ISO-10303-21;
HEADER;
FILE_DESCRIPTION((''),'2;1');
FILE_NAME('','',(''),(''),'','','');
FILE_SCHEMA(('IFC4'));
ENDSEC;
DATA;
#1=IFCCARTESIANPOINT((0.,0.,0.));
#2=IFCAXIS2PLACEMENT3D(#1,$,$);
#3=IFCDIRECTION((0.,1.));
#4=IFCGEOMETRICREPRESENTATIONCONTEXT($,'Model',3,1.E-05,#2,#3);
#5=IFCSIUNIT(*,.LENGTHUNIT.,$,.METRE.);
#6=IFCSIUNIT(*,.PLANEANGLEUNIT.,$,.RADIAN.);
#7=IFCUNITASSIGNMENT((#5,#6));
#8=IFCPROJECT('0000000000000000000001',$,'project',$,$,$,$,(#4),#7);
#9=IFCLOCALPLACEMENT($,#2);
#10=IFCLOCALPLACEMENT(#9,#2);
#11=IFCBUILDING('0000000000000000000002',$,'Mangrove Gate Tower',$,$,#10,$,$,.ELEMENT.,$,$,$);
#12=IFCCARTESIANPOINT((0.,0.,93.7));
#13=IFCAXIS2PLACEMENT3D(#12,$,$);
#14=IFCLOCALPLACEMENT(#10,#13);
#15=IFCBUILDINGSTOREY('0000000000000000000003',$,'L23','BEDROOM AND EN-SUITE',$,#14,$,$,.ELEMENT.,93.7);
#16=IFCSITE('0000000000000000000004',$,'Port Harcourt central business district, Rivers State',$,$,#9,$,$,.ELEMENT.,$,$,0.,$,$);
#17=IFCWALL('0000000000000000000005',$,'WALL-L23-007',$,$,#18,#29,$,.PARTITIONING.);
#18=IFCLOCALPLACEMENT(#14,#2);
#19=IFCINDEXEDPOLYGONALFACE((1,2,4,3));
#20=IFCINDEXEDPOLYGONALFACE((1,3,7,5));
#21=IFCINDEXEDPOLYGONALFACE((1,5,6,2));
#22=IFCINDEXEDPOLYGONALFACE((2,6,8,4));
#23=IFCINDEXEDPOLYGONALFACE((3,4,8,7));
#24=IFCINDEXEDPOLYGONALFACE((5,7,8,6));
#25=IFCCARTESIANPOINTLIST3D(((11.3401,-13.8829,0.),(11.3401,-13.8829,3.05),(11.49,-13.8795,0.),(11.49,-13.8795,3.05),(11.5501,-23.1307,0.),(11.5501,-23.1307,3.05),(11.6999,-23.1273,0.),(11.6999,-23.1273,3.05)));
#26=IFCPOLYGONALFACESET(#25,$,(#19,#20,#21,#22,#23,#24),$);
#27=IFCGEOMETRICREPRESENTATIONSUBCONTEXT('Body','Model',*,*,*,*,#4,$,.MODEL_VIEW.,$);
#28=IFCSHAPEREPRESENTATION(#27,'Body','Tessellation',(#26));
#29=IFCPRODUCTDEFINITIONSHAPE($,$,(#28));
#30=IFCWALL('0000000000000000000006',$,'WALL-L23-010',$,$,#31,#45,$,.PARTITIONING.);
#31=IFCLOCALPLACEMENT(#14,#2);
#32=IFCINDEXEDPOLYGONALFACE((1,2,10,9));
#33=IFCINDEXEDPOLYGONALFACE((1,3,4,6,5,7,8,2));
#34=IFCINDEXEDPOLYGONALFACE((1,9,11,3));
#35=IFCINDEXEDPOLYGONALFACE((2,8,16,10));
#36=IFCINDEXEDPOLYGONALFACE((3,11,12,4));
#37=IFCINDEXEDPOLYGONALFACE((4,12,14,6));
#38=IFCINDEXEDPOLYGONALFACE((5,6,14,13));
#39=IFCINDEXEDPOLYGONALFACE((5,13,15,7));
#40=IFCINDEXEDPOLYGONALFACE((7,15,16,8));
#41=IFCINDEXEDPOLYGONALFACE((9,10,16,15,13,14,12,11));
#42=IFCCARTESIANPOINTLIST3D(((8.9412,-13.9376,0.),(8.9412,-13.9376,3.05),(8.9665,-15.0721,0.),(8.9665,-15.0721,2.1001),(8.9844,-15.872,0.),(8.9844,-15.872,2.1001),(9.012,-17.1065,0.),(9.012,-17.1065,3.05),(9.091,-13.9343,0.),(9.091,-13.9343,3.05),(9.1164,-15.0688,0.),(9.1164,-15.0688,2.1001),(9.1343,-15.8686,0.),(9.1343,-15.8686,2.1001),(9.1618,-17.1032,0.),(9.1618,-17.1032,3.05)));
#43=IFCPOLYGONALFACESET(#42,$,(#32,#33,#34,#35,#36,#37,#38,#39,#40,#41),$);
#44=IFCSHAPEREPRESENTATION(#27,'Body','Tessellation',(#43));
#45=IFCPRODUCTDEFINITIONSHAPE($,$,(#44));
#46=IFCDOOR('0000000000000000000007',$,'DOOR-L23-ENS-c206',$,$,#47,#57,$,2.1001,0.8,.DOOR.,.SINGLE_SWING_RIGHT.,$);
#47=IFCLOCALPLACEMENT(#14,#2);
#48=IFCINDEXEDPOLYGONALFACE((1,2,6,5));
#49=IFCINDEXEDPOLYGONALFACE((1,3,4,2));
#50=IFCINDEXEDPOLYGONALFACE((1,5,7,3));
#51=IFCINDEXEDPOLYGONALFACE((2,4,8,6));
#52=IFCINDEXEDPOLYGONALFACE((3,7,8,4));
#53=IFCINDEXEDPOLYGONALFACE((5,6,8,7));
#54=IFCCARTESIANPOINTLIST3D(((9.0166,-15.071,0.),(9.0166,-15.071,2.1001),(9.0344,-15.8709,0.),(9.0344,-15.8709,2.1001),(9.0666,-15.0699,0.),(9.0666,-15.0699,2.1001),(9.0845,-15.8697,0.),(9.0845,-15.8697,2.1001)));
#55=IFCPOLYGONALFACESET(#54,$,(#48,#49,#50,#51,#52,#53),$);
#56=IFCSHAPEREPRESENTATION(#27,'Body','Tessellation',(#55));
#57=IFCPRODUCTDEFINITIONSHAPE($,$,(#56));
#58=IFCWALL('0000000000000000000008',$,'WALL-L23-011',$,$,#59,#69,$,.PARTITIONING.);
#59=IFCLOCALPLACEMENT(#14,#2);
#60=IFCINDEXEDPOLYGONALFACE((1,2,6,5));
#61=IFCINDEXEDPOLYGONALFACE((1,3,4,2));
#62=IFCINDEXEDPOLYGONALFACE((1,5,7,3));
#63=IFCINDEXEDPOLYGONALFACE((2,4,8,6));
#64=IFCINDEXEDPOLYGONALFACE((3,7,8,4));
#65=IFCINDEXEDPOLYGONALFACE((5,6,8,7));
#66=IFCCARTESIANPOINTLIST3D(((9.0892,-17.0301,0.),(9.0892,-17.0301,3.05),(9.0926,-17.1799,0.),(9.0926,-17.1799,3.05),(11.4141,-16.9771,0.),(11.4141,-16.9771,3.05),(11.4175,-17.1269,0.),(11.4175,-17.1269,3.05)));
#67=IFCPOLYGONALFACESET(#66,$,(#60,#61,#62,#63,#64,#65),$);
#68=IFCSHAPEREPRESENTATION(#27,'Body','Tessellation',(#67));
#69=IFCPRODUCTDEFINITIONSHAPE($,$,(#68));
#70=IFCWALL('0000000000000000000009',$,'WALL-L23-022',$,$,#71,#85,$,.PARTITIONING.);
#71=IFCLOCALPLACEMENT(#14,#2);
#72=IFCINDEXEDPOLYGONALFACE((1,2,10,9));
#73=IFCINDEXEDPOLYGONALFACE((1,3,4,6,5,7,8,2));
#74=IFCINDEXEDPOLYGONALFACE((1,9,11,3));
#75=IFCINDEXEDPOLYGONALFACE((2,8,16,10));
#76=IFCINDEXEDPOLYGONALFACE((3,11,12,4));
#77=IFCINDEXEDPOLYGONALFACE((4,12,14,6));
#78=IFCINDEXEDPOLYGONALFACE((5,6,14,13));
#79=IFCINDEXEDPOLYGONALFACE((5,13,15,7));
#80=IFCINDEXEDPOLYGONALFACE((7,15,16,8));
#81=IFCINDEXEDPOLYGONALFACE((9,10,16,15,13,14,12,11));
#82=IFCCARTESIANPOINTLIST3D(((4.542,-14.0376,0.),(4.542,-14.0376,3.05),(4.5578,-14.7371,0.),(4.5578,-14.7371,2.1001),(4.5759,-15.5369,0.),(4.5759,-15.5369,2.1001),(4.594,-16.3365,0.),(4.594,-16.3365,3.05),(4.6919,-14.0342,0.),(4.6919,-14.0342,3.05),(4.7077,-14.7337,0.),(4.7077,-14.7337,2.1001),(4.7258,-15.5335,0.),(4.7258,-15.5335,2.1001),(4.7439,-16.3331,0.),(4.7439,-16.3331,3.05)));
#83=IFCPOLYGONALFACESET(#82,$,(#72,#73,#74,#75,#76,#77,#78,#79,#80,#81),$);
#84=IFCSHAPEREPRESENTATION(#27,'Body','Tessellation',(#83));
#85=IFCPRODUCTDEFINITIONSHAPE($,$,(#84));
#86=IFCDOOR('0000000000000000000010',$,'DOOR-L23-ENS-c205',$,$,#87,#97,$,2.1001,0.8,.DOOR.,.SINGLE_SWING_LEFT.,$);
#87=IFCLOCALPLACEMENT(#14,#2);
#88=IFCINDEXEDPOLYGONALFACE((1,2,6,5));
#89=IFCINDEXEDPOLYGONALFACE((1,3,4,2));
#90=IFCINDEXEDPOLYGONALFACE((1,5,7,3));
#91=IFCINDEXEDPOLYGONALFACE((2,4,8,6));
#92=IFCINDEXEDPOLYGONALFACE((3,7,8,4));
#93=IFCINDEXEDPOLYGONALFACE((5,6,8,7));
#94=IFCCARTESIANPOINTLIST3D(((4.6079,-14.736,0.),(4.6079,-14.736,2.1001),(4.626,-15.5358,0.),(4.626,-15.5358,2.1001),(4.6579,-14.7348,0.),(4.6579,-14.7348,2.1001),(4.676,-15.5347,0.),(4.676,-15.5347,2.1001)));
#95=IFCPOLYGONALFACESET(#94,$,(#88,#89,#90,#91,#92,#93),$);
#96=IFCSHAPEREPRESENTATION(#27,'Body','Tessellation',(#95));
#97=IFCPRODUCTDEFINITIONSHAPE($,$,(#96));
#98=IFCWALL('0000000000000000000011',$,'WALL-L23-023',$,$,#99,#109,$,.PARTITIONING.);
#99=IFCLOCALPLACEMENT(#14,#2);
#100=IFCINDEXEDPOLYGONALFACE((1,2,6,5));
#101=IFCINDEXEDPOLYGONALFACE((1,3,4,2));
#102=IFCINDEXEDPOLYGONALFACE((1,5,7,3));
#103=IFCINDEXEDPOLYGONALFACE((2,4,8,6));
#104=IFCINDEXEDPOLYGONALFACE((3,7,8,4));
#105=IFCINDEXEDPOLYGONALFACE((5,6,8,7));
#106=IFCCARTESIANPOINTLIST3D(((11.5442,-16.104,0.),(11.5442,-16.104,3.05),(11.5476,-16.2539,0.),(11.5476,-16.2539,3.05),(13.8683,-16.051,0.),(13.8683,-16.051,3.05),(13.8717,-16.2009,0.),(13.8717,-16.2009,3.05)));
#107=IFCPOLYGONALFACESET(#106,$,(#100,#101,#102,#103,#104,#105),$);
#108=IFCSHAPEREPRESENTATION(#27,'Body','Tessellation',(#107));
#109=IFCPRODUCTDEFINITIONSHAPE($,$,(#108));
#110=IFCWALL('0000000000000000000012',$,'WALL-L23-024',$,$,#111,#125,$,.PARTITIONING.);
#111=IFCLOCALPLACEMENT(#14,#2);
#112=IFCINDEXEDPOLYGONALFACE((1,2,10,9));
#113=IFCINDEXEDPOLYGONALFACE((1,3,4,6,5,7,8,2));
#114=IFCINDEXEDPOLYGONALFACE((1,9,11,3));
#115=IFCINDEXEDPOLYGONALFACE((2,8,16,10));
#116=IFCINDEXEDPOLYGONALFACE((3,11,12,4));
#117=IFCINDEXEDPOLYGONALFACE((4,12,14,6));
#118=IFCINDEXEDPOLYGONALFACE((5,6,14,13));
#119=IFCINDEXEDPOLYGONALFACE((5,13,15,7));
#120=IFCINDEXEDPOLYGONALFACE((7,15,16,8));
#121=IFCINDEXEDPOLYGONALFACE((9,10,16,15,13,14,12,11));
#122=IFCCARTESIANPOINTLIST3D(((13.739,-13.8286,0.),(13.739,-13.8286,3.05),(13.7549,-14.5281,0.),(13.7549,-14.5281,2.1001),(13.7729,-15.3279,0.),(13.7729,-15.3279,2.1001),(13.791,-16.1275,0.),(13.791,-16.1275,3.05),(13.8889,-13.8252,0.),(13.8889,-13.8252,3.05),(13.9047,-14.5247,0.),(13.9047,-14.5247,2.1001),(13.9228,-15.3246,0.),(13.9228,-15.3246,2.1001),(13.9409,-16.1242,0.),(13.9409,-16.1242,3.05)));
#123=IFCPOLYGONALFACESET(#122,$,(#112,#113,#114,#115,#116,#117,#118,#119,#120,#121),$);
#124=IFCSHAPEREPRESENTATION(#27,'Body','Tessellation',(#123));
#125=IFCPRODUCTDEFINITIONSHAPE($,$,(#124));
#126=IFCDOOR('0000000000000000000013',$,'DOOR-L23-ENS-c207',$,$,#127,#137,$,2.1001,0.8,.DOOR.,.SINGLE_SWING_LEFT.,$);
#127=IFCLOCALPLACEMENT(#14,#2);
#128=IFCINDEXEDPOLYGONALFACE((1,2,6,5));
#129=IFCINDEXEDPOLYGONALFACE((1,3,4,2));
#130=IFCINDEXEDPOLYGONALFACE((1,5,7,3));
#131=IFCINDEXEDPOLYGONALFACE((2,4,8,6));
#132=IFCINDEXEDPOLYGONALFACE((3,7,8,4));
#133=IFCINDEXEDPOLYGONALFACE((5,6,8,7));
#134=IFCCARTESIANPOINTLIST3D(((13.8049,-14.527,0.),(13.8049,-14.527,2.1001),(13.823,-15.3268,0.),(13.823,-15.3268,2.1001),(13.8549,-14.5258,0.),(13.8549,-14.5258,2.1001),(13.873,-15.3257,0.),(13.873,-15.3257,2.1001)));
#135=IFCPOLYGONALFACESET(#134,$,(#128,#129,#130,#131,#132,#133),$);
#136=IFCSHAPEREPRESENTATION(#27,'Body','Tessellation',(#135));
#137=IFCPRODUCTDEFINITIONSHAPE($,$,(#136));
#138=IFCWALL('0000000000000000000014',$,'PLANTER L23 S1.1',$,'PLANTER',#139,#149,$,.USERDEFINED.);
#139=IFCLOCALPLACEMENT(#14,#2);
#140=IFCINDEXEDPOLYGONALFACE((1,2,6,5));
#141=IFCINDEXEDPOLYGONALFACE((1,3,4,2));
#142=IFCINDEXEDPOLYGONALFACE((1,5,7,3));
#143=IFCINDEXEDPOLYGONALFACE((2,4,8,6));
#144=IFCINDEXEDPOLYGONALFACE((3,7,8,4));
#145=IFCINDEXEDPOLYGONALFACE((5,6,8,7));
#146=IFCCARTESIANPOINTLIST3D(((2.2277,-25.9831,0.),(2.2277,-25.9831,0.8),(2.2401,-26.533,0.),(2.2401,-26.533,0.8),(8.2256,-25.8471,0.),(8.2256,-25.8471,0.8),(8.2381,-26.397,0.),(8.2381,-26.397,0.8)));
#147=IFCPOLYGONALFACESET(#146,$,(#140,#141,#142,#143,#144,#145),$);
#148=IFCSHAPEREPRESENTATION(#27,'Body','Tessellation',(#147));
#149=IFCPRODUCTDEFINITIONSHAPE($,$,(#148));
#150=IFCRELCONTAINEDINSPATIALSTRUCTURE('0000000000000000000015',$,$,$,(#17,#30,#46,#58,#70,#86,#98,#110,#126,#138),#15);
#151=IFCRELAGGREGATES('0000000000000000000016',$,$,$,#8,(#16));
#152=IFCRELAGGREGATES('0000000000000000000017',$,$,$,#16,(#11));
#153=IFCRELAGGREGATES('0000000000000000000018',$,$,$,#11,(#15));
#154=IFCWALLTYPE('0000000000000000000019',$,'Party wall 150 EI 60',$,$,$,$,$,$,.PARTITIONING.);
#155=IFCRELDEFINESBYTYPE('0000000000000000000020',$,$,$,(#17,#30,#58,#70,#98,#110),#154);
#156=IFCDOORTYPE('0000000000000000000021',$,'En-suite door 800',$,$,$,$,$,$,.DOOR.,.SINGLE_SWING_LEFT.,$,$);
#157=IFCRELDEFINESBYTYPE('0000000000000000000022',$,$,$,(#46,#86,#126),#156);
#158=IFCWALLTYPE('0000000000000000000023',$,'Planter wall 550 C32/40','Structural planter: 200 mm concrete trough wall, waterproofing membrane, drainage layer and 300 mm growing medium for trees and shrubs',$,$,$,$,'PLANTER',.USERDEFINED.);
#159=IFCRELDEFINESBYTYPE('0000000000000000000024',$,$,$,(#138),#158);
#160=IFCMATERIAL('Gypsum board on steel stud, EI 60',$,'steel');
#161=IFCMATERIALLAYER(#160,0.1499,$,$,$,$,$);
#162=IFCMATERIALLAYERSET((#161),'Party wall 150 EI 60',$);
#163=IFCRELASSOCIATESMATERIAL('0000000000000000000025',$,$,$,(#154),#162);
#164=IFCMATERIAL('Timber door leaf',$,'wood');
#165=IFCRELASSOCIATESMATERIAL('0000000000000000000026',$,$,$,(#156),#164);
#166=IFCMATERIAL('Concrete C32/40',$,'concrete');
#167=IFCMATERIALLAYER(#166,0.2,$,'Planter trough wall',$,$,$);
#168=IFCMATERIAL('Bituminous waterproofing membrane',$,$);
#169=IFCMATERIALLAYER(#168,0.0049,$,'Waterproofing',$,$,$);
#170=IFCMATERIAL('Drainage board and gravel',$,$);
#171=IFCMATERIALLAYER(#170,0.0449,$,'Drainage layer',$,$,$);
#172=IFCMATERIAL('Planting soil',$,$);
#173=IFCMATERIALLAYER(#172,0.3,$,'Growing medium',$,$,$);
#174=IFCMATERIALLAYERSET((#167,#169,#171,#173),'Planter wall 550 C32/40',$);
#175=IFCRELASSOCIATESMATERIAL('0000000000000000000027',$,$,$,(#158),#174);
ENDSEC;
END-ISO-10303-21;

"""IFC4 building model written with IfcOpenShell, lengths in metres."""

from ifc_helpers import new_model, si_unit, direction, frame, frame_2d, origin, place, context, subcontext, project, spatial, rectangle, extrude, material, layer, layer_set, type_object, element, fill, save


model = new_model("IFC4")

# Units and contexts
model_context = context("Model", 3, precision=1e-05, world=origin(), true_north=direction((0.0, 1.0)))
body_context = subcontext(model_context, "Body", "Model", "MODEL_VIEW")
ifc_project = project(units=[si_unit("LENGTHUNIT", "METRE"), si_unit("PLANEANGLEUNIT", "RADIAN")], contexts=[model_context])

# Site, building, storey
site_placement = place(None, origin())
site = spatial("IfcSite", under=ifc_project, at=site_placement, Name="Port Harcourt central business district, Rivers State", CompositionType="ELEMENT", RefElevation=0.0)
building_placement = place(site_placement, origin())
building = spatial("IfcBuilding", under=site, at=building_placement, Name="Mangrove Gate Tower", CompositionType="ELEMENT")
storey_placement = place(building_placement, frame((0.0, 0.0, 93.7)))
storey = spatial("IfcBuildingStorey", under=building, at=storey_placement, Name="L23", Description="BEDROOM AND EN-SUITE", CompositionType="ELEMENT", Elevation=93.7)

# Wall
ifc_material_1 = material(Name="Gypsum board on steel stud, EI 60", Category="steel")
ifc_layer_1 = layer(ifc_material_1, 0.1499)
ifc_layer_set_1 = layer_set([ifc_layer_1], Name="Party wall 150 EI 60")
wall_type_1 = type_object("IfcWallType", Name="Party wall 150 EI 60", PredefinedType="PARTITIONING", material=ifc_layer_set_1)
wall_1_placement = place(storey_placement, frame((11.625, -23.1289, 0.0), z_axis=(0.0, 0.0, 1.0), x_axis=(-0.022698, 0.999742, 0.0)))
element("IfcWall", 1, at=wall_1_placement, inside=storey, type_object=wall_type_1, Name="WALL-L23-007", PredefinedType="PARTITIONING", context=body_context, shape_type="SweptSolid", body=[
    extrude(rectangle(XDim=9.2502, YDim=0.1499, at=frame_2d((4.625, 0.0))), origin(), (0.0, 0.0, 1.0), 3.05),
])

# Wall, opening, door
wall_2_placement = place(storey_placement, frame((9.0869, -17.105, 0.0), z_axis=(0.0, 0.0, 1.0), x_axis=(-0.022336, 0.999751, 0.0)))
wall_2 = element("IfcWall", 2, at=wall_2_placement, inside=storey, type_object=wall_type_1, Name="WALL-L23-010", PredefinedType="PARTITIONING", context=body_context, shape_type="SweptSolid", body=[
    extrude(rectangle(XDim=3.1697, YDim=0.1499, at=frame_2d((1.585, 0.0))), origin(), (0.0, 0.0, 1.0), 3.05),
])
opening_1_placement = place(wall_2_placement, frame((1.2351, 0.0, 0.0)))
opening_1 = element("IfcOpeningElement", 3, at=opening_1_placement, cuts=wall_2, PredefinedType="OPENING", context=body_context, shape_type="SweptSolid", body=[
    extrude(rectangle(XDim=0.8, YDim=2.1001, at=frame_2d((0.3999, 1.05))), frame((0.0, 0.085, 0.0), z_axis=(0.0, -1.0, 0.0), x_axis=(1.0, 0.0, 0.0)), (0.0, 0.0, 1.0), 0.1699),
])
ifc_material_2 = material(Name="Timber door leaf", Category="wood")
door_type_1 = type_object("IfcDoorType", Name="En-suite door 800", OperationType="SINGLE_SWING_LEFT", PredefinedType="DOOR", material=ifc_material_2)
door_1_placement = place(opening_1_placement, origin())
door_1 = element("IfcDoor", 4, at=door_1_placement, inside=storey, type_object=door_type_1, Name="DOOR-L23-ENS-c206", OperationType="SINGLE_SWING_RIGHT", OverallHeight=2.1001, OverallWidth=0.8, PredefinedType="DOOR", context=body_context, shape_type="SweptSolid", body=[
    extrude(rectangle(XDim=0.8, YDim=2.1001, at=frame_2d((0.3999, 1.05))), frame((0.0, 0.0249, 0.0), z_axis=(0.0, -1.0, 0.0), x_axis=(1.0, 0.0, 0.0)), (0.0, 0.0, 1.0), 0.05),
])
fill(opening_1, door_1)

# Wall
wall_3_placement = place(storey_placement, frame((9.0911, -17.105, 0.0), z_axis=(0.0, 0.0, 1.0), x_axis=(0.99974, 0.022781, 0.0)))
element("IfcWall", 5, at=wall_3_placement, inside=storey, type_object=wall_type_1, Name="WALL-L23-011", PredefinedType="PARTITIONING", context=body_context, shape_type="SweptSolid", body=[
    extrude(rectangle(XDim=2.3254, YDim=0.1499, at=frame_2d((1.1626, 0.0))), origin(), (0.0, 0.0, 1.0), 3.05),
])

# Wall, opening, door
wall_4_placement = place(storey_placement, frame((4.6689, -16.335, 0.0), z_axis=(0.0, 0.0, 1.0), x_axis=(-0.022613, 0.999744, 0.0)))
wall_4 = element("IfcWall", 6, at=wall_4_placement, inside=storey, type_object=wall_type_1, Name="WALL-L23-022", PredefinedType="PARTITIONING", context=body_context, shape_type="SweptSolid", body=[
    extrude(rectangle(XDim=2.2996, YDim=0.1499, at=frame_2d((1.1499, 0.0))), origin(), (0.0, 0.0, 1.0), 3.05),
])
opening_2_placement = place(wall_4_placement, frame((0.8, 0.0, 0.0)))
opening_2 = element("IfcOpeningElement", 7, at=opening_2_placement, cuts=wall_4, PredefinedType="OPENING", context=body_context, shape_type="SweptSolid", body=[
    extrude(rectangle(XDim=0.8, YDim=2.1001, at=frame_2d((0.3999, 1.05))), frame((0.0, 0.085, 0.0), z_axis=(0.0, -1.0, 0.0), x_axis=(1.0, 0.0, 0.0)), (0.0, 0.0, 1.0), 0.1699),
])
door_2_placement = place(opening_2_placement, origin())
door_2 = element("IfcDoor", 8, at=door_2_placement, inside=storey, type_object=door_type_1, Name="DOOR-L23-ENS-c205", OperationType="SINGLE_SWING_LEFT", OverallHeight=2.1001, OverallWidth=0.8, PredefinedType="DOOR", context=body_context, shape_type="SweptSolid", body=[
    extrude(rectangle(XDim=0.8, YDim=2.1001, at=frame_2d((0.3999, 1.05))), frame((0.0, 0.0249, 0.0), z_axis=(0.0, -1.0, 0.0), x_axis=(1.0, 0.0, 0.0)), (0.0, 0.0, 1.0), 0.05),
])
fill(opening_2, door_2)

# Wall
wall_5_placement = place(storey_placement, frame((11.5459, -16.179, 0.0), z_axis=(0.0, 0.0, 1.0), x_axis=(0.99974, 0.022788, 0.0)))
element("IfcWall", 9, at=wall_5_placement, inside=storey, type_object=wall_type_1, Name="WALL-L23-023", PredefinedType="PARTITIONING", context=body_context, shape_type="SweptSolid", body=[
    extrude(rectangle(XDim=2.3247, YDim=0.1499, at=frame_2d((1.1624, 0.0))), origin(), (0.0, 0.0, 1.0), 3.05),
])

# Wall, opening, door
wall_6_placement = place(storey_placement, frame((13.866, -16.126, 0.0), z_axis=(0.0, 0.0, 1.0), x_axis=(-0.022613, 0.999744, 0.0)))
wall_6 = element("IfcWall", 10, at=wall_6_placement, inside=storey, type_object=wall_type_1, Name="WALL-L23-024", PredefinedType="PARTITIONING", context=body_context, shape_type="SweptSolid", body=[
    extrude(rectangle(XDim=2.2996, YDim=0.1499, at=frame_2d((1.1499, 0.0))), origin(), (0.0, 0.0, 1.0), 3.05),
])
opening_3_placement = place(wall_6_placement, frame((0.8, 0.0, 0.0)))
opening_3 = element("IfcOpeningElement", 11, at=opening_3_placement, cuts=wall_6, PredefinedType="OPENING", context=body_context, shape_type="SweptSolid", body=[
    extrude(rectangle(XDim=0.8, YDim=2.1001, at=frame_2d((0.3999, 1.05))), frame((0.0, 0.085, 0.0), z_axis=(0.0, -1.0, 0.0), x_axis=(1.0, 0.0, 0.0)), (0.0, 0.0, 1.0), 0.1699),
])
door_3_placement = place(opening_3_placement, origin())
door_3 = element("IfcDoor", 12, at=door_3_placement, inside=storey, type_object=door_type_1, Name="DOOR-L23-ENS-c207", OperationType="SINGLE_SWING_LEFT", OverallHeight=2.1001, OverallWidth=0.8, PredefinedType="DOOR", context=body_context, shape_type="SweptSolid", body=[
    extrude(rectangle(XDim=0.8, YDim=2.1001, at=frame_2d((0.3999, 1.05))), frame((0.0, 0.0249, 0.0), z_axis=(0.0, -1.0, 0.0), x_axis=(1.0, 0.0, 0.0)), (0.0, 0.0, 1.0), 0.05),
])
fill(opening_3, door_3)

# Wall
ifc_material_3 = material(Name="Concrete C32/40", Category="concrete")
ifc_layer_2 = layer(ifc_material_3, 0.2, Name="Planter trough wall")
ifc_material_4 = material(Name="Bituminous waterproofing membrane")
ifc_layer_3 = layer(ifc_material_4, 0.0049, Name="Waterproofing")
ifc_material_5 = material(Name="Drainage board and gravel")
ifc_layer_4 = layer(ifc_material_5, 0.0449, Name="Drainage layer")
ifc_material_6 = material(Name="Planting soil")
ifc_layer_5 = layer(ifc_material_6, 0.3, Name="Growing medium")
ifc_layer_set_2 = layer_set([ifc_layer_2, ifc_layer_3, ifc_layer_4, ifc_layer_5], Name="Planter wall 550 C32/40")
wall_type_2 = type_object("IfcWallType", Name="Planter wall 550 C32/40", Description="Structural planter: 200 mm concrete trough wall, waterproofing membrane, drainage layer and 300 mm growing medium for trees and shrubs", ElementType="PLANTER", PredefinedType="USERDEFINED", material=ifc_layer_set_2)
wall_7_placement = place(storey_placement, frame((2.2339, -26.2581, 0.0), z_axis=(0.0, 0.0, 1.0), x_axis=(0.999743, 0.022666, 0.0)))
element("IfcWall", 13, at=wall_7_placement, inside=storey, type_object=wall_type_2, Name="PLANTER L23 S1.1", ObjectType="PLANTER", PredefinedType="USERDEFINED", context=body_context, shape_type="SweptSolid", body=[
    extrude(rectangle(XDim=5.9995, YDim=0.55, at=frame_2d((2.9998, 0.0))), origin(), (0.0, 0.0, 1.0), 0.8),
])

save(model, "model.ifc")
